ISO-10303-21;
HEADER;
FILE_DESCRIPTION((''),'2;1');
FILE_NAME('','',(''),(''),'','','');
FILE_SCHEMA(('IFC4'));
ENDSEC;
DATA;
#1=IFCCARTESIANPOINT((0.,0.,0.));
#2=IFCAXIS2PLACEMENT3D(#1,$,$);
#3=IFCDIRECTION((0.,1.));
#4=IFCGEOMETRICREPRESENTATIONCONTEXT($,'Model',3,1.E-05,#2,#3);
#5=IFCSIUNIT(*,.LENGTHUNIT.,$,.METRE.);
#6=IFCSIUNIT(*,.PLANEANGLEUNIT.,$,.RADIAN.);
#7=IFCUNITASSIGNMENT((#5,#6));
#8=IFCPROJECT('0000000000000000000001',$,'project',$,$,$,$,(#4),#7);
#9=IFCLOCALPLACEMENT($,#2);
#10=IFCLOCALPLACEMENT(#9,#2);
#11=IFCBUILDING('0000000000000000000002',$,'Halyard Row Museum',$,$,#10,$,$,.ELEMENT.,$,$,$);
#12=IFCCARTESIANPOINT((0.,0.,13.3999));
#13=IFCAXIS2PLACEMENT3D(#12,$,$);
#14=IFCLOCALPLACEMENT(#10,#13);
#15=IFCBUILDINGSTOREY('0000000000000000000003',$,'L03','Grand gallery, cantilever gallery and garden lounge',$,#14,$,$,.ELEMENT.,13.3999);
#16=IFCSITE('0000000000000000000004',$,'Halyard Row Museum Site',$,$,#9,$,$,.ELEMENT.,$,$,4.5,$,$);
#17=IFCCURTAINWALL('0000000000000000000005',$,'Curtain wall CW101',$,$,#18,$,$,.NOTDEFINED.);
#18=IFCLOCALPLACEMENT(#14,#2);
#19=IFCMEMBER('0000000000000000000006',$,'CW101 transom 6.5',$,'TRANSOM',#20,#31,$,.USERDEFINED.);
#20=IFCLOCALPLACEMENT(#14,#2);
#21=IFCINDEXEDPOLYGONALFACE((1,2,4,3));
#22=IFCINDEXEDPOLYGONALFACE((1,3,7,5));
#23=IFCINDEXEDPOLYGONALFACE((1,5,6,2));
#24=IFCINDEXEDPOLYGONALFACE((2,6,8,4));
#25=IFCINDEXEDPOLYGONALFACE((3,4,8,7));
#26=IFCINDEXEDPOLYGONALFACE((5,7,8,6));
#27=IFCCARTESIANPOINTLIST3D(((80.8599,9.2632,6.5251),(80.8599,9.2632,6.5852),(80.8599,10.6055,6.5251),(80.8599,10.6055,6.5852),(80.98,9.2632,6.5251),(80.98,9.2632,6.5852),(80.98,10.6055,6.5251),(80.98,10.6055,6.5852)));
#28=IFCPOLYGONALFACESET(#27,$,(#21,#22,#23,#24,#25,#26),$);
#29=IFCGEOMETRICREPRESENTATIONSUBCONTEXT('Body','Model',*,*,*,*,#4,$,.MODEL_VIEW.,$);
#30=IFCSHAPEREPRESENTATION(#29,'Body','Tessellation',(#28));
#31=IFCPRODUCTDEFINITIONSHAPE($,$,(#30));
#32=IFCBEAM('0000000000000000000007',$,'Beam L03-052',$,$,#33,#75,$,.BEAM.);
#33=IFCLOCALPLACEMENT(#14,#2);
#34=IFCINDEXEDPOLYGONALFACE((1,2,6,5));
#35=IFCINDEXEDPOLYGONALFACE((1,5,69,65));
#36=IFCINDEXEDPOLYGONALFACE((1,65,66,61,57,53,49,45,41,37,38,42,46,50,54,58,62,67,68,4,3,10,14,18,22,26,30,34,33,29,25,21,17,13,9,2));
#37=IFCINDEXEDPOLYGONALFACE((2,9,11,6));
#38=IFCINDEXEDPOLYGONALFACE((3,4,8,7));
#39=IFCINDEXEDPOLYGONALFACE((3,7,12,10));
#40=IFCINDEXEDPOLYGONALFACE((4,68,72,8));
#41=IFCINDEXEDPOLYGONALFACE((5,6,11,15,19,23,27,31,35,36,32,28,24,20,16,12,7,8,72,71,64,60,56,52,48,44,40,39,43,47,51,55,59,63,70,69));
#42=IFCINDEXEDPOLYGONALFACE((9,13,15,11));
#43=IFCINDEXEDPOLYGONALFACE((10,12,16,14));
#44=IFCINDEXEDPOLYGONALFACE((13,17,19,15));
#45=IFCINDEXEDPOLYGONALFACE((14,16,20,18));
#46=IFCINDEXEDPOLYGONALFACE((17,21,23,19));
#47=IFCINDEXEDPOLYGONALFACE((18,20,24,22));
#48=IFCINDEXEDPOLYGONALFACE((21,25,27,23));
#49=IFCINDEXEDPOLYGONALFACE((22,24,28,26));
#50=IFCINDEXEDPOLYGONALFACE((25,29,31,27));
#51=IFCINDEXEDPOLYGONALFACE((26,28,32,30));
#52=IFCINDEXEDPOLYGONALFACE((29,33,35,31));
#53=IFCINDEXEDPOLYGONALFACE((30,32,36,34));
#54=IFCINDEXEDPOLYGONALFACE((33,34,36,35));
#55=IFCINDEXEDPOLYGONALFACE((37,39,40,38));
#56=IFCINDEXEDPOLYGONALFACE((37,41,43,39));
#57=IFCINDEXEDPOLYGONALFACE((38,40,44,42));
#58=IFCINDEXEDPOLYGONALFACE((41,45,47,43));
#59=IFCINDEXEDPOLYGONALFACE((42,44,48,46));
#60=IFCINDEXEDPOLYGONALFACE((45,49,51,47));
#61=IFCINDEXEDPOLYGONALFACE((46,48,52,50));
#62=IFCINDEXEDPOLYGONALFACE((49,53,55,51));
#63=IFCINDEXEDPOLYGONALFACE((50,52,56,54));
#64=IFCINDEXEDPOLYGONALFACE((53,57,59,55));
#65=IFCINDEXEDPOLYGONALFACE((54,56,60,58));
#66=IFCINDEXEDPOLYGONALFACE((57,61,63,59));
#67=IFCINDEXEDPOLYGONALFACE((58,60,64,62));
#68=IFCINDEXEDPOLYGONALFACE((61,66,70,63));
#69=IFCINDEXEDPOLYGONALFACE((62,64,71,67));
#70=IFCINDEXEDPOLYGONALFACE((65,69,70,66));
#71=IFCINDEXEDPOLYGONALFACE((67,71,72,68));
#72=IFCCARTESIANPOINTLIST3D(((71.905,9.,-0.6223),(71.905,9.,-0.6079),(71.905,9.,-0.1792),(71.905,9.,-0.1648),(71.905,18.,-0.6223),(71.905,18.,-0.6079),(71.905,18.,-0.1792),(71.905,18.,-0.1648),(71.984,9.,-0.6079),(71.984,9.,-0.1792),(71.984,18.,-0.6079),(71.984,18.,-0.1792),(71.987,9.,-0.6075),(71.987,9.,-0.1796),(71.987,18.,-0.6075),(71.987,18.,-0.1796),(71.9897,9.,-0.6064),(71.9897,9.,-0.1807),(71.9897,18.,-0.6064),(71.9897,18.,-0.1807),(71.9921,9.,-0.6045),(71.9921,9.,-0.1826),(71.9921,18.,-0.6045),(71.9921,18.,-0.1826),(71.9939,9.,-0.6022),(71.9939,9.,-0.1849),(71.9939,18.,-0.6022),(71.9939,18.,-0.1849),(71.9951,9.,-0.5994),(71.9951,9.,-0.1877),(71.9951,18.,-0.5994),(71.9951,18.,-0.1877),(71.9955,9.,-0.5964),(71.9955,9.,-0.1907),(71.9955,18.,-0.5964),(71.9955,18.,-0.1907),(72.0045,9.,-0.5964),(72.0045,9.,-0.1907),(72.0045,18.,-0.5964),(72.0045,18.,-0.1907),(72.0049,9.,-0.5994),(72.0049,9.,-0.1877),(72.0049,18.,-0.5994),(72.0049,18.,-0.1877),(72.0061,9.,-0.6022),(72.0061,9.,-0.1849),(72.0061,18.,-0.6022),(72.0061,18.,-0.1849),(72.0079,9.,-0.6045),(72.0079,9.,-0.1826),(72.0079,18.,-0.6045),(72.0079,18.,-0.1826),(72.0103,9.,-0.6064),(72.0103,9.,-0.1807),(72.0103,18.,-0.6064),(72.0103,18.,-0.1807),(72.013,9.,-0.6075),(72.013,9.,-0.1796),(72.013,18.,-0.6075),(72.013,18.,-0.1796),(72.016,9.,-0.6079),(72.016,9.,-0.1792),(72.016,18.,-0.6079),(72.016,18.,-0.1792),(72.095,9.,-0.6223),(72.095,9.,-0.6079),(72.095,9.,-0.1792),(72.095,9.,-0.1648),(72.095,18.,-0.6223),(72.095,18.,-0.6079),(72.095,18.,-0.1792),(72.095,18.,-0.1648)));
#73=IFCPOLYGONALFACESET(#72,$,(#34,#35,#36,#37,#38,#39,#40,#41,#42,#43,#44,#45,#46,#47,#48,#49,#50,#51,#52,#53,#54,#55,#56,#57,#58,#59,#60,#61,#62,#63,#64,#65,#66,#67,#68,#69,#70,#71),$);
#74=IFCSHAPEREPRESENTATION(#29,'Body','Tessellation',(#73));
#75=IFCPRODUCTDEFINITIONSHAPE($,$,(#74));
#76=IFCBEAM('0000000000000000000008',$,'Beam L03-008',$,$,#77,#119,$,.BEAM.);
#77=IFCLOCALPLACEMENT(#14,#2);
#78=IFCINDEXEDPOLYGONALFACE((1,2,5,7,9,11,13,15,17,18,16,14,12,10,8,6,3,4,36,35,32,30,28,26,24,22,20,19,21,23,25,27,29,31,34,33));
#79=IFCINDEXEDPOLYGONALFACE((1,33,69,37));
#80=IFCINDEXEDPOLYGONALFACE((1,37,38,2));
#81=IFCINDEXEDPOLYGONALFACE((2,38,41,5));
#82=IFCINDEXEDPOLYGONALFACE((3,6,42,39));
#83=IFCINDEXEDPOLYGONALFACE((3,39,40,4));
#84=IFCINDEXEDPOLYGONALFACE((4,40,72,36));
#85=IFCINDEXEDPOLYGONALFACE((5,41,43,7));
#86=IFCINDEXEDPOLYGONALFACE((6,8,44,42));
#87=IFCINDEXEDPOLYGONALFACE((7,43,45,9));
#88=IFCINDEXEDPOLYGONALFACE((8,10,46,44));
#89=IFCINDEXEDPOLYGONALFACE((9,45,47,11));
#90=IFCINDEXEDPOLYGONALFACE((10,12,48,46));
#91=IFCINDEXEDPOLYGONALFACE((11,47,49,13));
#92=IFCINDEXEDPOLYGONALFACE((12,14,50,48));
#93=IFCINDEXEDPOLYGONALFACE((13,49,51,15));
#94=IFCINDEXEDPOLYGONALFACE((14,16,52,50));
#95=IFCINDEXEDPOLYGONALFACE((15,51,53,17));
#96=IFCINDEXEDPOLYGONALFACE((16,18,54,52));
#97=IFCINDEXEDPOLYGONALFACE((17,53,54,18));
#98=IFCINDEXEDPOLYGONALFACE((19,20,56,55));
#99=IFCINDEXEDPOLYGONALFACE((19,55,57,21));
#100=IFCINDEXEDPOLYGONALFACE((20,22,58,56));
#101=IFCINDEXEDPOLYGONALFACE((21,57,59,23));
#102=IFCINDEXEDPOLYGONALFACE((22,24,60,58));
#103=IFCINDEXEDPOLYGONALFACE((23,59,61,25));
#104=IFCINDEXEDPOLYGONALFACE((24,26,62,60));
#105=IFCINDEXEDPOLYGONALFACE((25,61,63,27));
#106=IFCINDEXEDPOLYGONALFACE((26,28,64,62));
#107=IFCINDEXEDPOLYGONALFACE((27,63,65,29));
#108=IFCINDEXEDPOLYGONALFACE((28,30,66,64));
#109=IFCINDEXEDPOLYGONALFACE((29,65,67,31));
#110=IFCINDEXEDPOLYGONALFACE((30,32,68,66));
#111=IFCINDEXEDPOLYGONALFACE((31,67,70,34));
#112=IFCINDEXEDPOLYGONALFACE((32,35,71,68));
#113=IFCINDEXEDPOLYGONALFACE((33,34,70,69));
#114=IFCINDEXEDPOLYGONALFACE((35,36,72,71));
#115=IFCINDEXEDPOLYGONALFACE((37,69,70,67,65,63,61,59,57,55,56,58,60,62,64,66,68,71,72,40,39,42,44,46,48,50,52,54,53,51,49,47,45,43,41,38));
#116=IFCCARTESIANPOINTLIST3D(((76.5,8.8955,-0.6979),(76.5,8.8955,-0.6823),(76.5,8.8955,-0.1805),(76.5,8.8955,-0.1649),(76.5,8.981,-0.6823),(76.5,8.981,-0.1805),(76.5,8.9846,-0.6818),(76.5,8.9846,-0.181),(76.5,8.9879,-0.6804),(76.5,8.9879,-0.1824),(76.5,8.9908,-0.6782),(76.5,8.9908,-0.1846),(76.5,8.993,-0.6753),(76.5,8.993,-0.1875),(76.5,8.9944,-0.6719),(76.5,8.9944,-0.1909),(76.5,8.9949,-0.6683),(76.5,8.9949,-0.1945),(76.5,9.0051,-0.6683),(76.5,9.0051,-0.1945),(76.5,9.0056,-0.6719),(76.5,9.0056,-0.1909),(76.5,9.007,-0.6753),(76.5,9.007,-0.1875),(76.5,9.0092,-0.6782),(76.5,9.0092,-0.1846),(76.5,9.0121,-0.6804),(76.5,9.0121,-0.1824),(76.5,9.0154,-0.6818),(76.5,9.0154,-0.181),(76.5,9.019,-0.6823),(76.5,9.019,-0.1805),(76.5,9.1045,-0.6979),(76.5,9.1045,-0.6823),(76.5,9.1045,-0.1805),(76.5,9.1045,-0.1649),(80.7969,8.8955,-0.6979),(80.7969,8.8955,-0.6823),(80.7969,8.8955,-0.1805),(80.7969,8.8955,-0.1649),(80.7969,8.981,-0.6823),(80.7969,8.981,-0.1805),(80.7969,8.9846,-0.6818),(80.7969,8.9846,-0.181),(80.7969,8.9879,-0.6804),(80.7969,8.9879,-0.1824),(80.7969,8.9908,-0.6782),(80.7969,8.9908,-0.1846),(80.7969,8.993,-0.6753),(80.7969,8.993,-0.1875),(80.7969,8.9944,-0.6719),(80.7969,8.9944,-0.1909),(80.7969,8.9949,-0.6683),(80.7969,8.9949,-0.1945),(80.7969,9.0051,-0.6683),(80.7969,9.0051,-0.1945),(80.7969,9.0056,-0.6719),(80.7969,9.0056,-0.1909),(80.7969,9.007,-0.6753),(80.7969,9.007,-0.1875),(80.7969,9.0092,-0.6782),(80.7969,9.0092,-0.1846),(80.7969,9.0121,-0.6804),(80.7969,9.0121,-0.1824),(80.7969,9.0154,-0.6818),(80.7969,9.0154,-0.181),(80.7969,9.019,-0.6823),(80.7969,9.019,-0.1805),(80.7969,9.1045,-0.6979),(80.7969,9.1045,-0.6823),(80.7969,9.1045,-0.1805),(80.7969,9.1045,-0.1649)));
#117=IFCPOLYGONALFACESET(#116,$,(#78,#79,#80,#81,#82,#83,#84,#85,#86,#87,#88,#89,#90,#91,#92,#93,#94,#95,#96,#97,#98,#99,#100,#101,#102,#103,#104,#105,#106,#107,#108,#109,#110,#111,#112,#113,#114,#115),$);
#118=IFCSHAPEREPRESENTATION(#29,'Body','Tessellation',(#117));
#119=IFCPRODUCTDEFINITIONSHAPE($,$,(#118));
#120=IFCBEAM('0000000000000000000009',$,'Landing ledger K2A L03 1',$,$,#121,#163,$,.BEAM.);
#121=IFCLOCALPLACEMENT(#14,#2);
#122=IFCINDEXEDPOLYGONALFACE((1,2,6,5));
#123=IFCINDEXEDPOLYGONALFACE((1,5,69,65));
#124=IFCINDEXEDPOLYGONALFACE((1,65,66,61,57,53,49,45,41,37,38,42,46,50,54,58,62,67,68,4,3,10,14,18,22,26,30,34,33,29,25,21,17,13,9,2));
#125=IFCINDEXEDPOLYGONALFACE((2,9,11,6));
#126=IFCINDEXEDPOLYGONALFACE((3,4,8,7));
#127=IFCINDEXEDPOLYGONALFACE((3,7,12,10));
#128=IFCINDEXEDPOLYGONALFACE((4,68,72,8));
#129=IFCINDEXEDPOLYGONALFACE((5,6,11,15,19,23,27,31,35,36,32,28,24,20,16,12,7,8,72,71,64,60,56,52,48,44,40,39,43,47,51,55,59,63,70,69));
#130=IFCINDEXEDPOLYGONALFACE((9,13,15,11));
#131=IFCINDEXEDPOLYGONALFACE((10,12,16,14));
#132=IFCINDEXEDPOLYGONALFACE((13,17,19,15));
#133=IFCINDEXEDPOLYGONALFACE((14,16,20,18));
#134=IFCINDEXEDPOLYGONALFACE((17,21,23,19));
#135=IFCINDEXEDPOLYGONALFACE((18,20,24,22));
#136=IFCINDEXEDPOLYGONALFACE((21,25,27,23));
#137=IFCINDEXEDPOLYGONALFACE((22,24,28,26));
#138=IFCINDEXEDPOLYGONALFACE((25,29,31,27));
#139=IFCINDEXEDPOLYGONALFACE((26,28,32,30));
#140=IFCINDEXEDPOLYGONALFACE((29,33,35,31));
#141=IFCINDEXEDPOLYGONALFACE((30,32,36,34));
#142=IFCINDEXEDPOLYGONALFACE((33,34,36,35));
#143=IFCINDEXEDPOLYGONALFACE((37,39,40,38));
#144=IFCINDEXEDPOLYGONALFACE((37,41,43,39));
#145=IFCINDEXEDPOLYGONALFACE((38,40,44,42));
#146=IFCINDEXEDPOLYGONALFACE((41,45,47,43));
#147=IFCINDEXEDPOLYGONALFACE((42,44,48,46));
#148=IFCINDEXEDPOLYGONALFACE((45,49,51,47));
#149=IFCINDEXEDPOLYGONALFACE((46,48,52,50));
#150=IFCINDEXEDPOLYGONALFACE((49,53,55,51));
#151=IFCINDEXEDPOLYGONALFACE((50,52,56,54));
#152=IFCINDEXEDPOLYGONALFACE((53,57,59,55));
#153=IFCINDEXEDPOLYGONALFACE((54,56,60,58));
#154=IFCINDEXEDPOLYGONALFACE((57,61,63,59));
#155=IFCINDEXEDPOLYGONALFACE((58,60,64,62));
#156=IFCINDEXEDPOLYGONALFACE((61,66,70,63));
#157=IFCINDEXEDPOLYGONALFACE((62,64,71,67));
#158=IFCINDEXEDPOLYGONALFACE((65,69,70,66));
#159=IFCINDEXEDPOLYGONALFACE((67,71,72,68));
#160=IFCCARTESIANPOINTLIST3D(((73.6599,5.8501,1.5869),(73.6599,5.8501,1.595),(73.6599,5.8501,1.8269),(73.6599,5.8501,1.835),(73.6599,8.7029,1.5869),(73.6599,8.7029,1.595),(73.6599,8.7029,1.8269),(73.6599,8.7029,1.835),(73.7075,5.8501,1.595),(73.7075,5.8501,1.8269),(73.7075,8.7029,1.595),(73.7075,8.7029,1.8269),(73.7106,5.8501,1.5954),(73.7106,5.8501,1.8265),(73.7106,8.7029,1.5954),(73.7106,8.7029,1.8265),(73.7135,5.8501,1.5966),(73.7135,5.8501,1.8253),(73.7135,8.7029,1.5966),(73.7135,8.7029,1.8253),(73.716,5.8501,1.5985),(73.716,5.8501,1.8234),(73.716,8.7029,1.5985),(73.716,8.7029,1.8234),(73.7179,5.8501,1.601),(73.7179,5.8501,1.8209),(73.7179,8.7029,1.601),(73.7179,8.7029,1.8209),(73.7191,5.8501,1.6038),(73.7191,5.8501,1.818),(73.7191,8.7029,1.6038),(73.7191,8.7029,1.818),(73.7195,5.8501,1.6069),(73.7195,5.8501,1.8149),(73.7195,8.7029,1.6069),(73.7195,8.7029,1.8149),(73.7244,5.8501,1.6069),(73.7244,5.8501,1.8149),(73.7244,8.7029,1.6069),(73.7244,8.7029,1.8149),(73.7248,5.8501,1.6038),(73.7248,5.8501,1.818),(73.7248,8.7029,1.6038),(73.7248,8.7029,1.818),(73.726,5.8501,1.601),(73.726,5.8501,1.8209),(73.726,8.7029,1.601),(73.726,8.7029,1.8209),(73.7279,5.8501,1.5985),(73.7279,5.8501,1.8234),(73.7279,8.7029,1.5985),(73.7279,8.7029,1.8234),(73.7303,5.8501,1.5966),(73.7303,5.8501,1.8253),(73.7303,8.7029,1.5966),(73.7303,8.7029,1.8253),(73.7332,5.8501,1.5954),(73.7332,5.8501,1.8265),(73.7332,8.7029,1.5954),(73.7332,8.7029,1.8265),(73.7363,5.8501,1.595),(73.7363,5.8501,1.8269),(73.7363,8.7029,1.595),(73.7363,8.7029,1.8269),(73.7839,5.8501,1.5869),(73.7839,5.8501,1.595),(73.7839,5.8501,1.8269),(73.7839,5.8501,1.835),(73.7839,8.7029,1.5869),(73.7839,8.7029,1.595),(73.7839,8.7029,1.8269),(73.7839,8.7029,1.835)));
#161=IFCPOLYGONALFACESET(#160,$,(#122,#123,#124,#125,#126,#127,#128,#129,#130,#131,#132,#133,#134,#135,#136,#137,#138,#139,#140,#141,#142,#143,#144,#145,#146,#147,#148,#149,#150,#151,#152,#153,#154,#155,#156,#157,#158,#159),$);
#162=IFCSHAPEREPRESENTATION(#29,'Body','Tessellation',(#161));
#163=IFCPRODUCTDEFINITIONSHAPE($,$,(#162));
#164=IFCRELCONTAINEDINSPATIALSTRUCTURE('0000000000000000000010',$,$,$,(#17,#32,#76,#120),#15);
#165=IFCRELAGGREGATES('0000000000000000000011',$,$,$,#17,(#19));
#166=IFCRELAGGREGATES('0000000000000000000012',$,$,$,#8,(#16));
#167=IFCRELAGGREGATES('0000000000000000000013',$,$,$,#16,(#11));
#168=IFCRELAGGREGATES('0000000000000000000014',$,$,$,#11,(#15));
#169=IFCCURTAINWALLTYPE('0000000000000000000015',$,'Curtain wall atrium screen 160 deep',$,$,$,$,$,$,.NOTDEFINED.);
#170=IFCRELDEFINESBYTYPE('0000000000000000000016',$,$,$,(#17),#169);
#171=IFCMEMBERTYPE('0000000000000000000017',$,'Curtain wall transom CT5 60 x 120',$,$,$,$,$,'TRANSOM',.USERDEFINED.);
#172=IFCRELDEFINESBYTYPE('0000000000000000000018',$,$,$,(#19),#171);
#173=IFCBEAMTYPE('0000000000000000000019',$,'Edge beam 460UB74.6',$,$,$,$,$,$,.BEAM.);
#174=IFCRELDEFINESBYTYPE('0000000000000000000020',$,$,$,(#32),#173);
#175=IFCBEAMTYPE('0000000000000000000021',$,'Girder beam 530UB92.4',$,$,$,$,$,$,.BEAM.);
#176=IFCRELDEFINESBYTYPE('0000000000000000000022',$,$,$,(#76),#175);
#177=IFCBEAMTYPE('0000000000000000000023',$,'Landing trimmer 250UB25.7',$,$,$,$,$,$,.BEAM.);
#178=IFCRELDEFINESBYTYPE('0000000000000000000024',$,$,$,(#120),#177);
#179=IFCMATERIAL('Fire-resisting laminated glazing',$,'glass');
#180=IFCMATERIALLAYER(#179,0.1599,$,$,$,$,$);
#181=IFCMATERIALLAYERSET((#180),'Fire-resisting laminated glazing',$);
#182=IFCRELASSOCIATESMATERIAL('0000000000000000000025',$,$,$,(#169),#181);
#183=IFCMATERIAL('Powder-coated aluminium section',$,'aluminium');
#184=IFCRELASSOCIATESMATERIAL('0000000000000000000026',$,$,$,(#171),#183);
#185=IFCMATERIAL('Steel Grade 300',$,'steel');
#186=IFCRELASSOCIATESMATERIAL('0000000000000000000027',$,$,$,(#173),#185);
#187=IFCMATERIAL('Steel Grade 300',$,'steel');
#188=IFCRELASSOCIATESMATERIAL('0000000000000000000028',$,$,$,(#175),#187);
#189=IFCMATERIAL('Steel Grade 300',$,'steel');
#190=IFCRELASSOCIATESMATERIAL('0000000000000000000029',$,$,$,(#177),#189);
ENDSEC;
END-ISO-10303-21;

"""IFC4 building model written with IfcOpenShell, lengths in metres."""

from ifc_helpers import new_model, si_unit, direction, frame, origin, origin_2d, place, context, subcontext, project, spatial, rectangle, i_section, extrude, material, layer, layer_set, material_profile, profile_set, type_object, element, aggregate, save


model = new_model("IFC4")

# Units and contexts
model_context = context("Model", 3, precision=1e-05, world=origin(), true_north=direction((0.0, 1.0)))
body_context = subcontext(model_context, "Body", "Model", "MODEL_VIEW")
ifc_project = project(units=[si_unit("LENGTHUNIT", "METRE"), si_unit("PLANEANGLEUNIT", "RADIAN")], contexts=[model_context])

# Site, building, storey
site_placement = place(None, origin())
site = spatial("IfcSite", under=ifc_project, at=site_placement, Name="Halyard Row Museum Site", CompositionType="ELEMENT", RefElevation=4.5)
building_placement = place(site_placement, origin())
building = spatial("IfcBuilding", under=site, at=building_placement, Name="Halyard Row Museum", CompositionType="ELEMENT")
storey_placement = place(building_placement, frame((0.0, 0.0, 13.3999)))
storey = spatial("IfcBuildingStorey", under=building, at=storey_placement, Name="L03", Description="Grand gallery, cantilever gallery and garden lounge", CompositionType="ELEMENT", Elevation=13.3999)

# Curtain wall, member
ifc_material_1 = material(Name="Fire-resisting laminated glazing", Category="glass")
ifc_layer_1 = layer(ifc_material_1, 0.1599)
ifc_layer_set_1 = layer_set([ifc_layer_1], Name="Fire-resisting laminated glazing")
curtain_wall_type = type_object("IfcCurtainWallType", Name="Curtain wall atrium screen 160 deep", PredefinedType="NOTDEFINED", material=ifc_layer_set_1)
curtain_wall_placement = place(storey_placement, origin())
curtain_wall = element("IfcCurtainWall", 1, at=curtain_wall_placement, inside=storey, type_object=curtain_wall_type, Name="Curtain wall CW101", PredefinedType="NOTDEFINED")
ifc_material_2 = material(Name="Powder-coated aluminium section", Category="aluminium")
ifc_material_profile_1 = material_profile(ifc_material_2, rectangle(XDim=0.1201, YDim=0.0601, at=origin_2d()), Name="120x60 transom")
ifc_profile_set_1 = profile_set([ifc_material_profile_1], Name="Powder-coated aluminium section")
member_type_1 = type_object("IfcMemberType", Name="Curtain wall transom CT5 60 x 120", ElementType="TRANSOM", PredefinedType="USERDEFINED", material=ifc_profile_set_1)
member_1_placement = place(storey_placement, frame((80.9199, 10.6055, 6.5552), z_axis=(0.0, -1.0, 0.0), x_axis=(1.0, 0.0, 0.0)))
member_1 = element("IfcMember", 2, at=member_1_placement, type_object=member_type_1, Name="CW101 transom 6.5", ObjectType="TRANSOM", PredefinedType="USERDEFINED", context=body_context, shape_type="SweptSolid", body=[
    extrude(rectangle(XDim=0.1201, YDim=0.0601, at=origin_2d()), origin(), (0.0, 0.0, 1.0), 1.3423),
])

# Beams
ifc_material_3 = material(Name="Steel Grade 300", Category="steel")
ifc_material_profile_2 = material_profile(ifc_material_3, i_section(OverallWidth=0.1899, OverallDepth=0.4575, WebThickness=0.009, FlangeThickness=0.0144, FilletRadius=0.0115, at=origin_2d()), Name="460UB74.6")
ifc_profile_set_2 = profile_set([ifc_material_profile_2], Name="Steel Grade 300")
beam_type_1 = type_object("IfcBeamType", Name="Edge beam 460UB74.6", PredefinedType="BEAM", material=ifc_profile_set_2)
beam_1_placement = place(storey_placement, frame((72.0, 9.0, -0.3936), z_axis=(0.0, 1.0, 0.0), x_axis=(-1.0, 0.0, 0.0)))
element("IfcBeam", 3, at=beam_1_placement, inside=storey, type_object=beam_type_1, Name="Beam L03-052", PredefinedType="BEAM", context=body_context, shape_type="SweptSolid", body=[
    extrude(i_section(OverallWidth=0.1899, OverallDepth=0.4575, WebThickness=0.009, FlangeThickness=0.0144, FilletRadius=0.0115, at=origin_2d()), origin(), (0.0, 0.0, 1.0), 9.0),
])
ifc_material_4 = material(Name="Steel Grade 300", Category="steel")
ifc_material_profile_3 = material_profile(ifc_material_4, i_section(OverallWidth=0.209, OverallDepth=0.533, WebThickness=0.0103, FlangeThickness=0.0156, FilletRadius=0.0139, at=origin_2d()), Name="530UB92.4")
ifc_profile_set_3 = profile_set([ifc_material_profile_3], Name="Steel Grade 300")
beam_type_2 = type_object("IfcBeamType", Name="Girder beam 530UB92.4", PredefinedType="BEAM", material=ifc_profile_set_3)
beam_2_placement = place(storey_placement, frame((76.5, 9.0, -0.4314), z_axis=(1.0, 0.0, 0.0), x_axis=(0.0, 1.0, 0.0)))
element("IfcBeam", 4, at=beam_2_placement, inside=storey, type_object=beam_type_2, Name="Beam L03-008", PredefinedType="BEAM", context=body_context, shape_type="SweptSolid", body=[
    extrude(i_section(OverallWidth=0.209, OverallDepth=0.533, WebThickness=0.0103, FlangeThickness=0.0156, FilletRadius=0.0139, at=origin_2d()), origin(), (0.0, 0.0, 1.0), 4.2969),
])
ifc_material_5 = material(Name="Steel Grade 300", Category="steel")
ifc_material_profile_4 = material_profile(ifc_material_5, i_section(OverallWidth=0.124, OverallDepth=0.248, WebThickness=0.0049, FlangeThickness=0.0081, FilletRadius=0.012, at=origin_2d()), Name="250UB25.7")
ifc_profile_set_4 = profile_set([ifc_material_profile_4], Name="Steel Grade 300")
beam_type_3 = type_object("IfcBeamType", Name="Landing trimmer 250UB25.7", PredefinedType="BEAM", material=ifc_profile_set_4)
beam_3_placement = place(storey_placement, frame((73.7219, 8.7029, 1.7109), z_axis=(0.0, -1.0, 0.0), x_axis=(1.0, 0.0, 0.0)))
element("IfcBeam", 5, at=beam_3_placement, inside=storey, type_object=beam_type_3, Name="Landing ledger K2A L03 1", PredefinedType="BEAM", context=body_context, shape_type="SweptSolid", body=[
    extrude(i_section(OverallWidth=0.124, OverallDepth=0.248, WebThickness=0.0049, FlangeThickness=0.0081, FilletRadius=0.012, at=origin_2d()), origin(), (0.0, 0.0, 1.0), 2.8528),
])

aggregate(curtain_wall, [member_1])

save(model, "model.ifc")
